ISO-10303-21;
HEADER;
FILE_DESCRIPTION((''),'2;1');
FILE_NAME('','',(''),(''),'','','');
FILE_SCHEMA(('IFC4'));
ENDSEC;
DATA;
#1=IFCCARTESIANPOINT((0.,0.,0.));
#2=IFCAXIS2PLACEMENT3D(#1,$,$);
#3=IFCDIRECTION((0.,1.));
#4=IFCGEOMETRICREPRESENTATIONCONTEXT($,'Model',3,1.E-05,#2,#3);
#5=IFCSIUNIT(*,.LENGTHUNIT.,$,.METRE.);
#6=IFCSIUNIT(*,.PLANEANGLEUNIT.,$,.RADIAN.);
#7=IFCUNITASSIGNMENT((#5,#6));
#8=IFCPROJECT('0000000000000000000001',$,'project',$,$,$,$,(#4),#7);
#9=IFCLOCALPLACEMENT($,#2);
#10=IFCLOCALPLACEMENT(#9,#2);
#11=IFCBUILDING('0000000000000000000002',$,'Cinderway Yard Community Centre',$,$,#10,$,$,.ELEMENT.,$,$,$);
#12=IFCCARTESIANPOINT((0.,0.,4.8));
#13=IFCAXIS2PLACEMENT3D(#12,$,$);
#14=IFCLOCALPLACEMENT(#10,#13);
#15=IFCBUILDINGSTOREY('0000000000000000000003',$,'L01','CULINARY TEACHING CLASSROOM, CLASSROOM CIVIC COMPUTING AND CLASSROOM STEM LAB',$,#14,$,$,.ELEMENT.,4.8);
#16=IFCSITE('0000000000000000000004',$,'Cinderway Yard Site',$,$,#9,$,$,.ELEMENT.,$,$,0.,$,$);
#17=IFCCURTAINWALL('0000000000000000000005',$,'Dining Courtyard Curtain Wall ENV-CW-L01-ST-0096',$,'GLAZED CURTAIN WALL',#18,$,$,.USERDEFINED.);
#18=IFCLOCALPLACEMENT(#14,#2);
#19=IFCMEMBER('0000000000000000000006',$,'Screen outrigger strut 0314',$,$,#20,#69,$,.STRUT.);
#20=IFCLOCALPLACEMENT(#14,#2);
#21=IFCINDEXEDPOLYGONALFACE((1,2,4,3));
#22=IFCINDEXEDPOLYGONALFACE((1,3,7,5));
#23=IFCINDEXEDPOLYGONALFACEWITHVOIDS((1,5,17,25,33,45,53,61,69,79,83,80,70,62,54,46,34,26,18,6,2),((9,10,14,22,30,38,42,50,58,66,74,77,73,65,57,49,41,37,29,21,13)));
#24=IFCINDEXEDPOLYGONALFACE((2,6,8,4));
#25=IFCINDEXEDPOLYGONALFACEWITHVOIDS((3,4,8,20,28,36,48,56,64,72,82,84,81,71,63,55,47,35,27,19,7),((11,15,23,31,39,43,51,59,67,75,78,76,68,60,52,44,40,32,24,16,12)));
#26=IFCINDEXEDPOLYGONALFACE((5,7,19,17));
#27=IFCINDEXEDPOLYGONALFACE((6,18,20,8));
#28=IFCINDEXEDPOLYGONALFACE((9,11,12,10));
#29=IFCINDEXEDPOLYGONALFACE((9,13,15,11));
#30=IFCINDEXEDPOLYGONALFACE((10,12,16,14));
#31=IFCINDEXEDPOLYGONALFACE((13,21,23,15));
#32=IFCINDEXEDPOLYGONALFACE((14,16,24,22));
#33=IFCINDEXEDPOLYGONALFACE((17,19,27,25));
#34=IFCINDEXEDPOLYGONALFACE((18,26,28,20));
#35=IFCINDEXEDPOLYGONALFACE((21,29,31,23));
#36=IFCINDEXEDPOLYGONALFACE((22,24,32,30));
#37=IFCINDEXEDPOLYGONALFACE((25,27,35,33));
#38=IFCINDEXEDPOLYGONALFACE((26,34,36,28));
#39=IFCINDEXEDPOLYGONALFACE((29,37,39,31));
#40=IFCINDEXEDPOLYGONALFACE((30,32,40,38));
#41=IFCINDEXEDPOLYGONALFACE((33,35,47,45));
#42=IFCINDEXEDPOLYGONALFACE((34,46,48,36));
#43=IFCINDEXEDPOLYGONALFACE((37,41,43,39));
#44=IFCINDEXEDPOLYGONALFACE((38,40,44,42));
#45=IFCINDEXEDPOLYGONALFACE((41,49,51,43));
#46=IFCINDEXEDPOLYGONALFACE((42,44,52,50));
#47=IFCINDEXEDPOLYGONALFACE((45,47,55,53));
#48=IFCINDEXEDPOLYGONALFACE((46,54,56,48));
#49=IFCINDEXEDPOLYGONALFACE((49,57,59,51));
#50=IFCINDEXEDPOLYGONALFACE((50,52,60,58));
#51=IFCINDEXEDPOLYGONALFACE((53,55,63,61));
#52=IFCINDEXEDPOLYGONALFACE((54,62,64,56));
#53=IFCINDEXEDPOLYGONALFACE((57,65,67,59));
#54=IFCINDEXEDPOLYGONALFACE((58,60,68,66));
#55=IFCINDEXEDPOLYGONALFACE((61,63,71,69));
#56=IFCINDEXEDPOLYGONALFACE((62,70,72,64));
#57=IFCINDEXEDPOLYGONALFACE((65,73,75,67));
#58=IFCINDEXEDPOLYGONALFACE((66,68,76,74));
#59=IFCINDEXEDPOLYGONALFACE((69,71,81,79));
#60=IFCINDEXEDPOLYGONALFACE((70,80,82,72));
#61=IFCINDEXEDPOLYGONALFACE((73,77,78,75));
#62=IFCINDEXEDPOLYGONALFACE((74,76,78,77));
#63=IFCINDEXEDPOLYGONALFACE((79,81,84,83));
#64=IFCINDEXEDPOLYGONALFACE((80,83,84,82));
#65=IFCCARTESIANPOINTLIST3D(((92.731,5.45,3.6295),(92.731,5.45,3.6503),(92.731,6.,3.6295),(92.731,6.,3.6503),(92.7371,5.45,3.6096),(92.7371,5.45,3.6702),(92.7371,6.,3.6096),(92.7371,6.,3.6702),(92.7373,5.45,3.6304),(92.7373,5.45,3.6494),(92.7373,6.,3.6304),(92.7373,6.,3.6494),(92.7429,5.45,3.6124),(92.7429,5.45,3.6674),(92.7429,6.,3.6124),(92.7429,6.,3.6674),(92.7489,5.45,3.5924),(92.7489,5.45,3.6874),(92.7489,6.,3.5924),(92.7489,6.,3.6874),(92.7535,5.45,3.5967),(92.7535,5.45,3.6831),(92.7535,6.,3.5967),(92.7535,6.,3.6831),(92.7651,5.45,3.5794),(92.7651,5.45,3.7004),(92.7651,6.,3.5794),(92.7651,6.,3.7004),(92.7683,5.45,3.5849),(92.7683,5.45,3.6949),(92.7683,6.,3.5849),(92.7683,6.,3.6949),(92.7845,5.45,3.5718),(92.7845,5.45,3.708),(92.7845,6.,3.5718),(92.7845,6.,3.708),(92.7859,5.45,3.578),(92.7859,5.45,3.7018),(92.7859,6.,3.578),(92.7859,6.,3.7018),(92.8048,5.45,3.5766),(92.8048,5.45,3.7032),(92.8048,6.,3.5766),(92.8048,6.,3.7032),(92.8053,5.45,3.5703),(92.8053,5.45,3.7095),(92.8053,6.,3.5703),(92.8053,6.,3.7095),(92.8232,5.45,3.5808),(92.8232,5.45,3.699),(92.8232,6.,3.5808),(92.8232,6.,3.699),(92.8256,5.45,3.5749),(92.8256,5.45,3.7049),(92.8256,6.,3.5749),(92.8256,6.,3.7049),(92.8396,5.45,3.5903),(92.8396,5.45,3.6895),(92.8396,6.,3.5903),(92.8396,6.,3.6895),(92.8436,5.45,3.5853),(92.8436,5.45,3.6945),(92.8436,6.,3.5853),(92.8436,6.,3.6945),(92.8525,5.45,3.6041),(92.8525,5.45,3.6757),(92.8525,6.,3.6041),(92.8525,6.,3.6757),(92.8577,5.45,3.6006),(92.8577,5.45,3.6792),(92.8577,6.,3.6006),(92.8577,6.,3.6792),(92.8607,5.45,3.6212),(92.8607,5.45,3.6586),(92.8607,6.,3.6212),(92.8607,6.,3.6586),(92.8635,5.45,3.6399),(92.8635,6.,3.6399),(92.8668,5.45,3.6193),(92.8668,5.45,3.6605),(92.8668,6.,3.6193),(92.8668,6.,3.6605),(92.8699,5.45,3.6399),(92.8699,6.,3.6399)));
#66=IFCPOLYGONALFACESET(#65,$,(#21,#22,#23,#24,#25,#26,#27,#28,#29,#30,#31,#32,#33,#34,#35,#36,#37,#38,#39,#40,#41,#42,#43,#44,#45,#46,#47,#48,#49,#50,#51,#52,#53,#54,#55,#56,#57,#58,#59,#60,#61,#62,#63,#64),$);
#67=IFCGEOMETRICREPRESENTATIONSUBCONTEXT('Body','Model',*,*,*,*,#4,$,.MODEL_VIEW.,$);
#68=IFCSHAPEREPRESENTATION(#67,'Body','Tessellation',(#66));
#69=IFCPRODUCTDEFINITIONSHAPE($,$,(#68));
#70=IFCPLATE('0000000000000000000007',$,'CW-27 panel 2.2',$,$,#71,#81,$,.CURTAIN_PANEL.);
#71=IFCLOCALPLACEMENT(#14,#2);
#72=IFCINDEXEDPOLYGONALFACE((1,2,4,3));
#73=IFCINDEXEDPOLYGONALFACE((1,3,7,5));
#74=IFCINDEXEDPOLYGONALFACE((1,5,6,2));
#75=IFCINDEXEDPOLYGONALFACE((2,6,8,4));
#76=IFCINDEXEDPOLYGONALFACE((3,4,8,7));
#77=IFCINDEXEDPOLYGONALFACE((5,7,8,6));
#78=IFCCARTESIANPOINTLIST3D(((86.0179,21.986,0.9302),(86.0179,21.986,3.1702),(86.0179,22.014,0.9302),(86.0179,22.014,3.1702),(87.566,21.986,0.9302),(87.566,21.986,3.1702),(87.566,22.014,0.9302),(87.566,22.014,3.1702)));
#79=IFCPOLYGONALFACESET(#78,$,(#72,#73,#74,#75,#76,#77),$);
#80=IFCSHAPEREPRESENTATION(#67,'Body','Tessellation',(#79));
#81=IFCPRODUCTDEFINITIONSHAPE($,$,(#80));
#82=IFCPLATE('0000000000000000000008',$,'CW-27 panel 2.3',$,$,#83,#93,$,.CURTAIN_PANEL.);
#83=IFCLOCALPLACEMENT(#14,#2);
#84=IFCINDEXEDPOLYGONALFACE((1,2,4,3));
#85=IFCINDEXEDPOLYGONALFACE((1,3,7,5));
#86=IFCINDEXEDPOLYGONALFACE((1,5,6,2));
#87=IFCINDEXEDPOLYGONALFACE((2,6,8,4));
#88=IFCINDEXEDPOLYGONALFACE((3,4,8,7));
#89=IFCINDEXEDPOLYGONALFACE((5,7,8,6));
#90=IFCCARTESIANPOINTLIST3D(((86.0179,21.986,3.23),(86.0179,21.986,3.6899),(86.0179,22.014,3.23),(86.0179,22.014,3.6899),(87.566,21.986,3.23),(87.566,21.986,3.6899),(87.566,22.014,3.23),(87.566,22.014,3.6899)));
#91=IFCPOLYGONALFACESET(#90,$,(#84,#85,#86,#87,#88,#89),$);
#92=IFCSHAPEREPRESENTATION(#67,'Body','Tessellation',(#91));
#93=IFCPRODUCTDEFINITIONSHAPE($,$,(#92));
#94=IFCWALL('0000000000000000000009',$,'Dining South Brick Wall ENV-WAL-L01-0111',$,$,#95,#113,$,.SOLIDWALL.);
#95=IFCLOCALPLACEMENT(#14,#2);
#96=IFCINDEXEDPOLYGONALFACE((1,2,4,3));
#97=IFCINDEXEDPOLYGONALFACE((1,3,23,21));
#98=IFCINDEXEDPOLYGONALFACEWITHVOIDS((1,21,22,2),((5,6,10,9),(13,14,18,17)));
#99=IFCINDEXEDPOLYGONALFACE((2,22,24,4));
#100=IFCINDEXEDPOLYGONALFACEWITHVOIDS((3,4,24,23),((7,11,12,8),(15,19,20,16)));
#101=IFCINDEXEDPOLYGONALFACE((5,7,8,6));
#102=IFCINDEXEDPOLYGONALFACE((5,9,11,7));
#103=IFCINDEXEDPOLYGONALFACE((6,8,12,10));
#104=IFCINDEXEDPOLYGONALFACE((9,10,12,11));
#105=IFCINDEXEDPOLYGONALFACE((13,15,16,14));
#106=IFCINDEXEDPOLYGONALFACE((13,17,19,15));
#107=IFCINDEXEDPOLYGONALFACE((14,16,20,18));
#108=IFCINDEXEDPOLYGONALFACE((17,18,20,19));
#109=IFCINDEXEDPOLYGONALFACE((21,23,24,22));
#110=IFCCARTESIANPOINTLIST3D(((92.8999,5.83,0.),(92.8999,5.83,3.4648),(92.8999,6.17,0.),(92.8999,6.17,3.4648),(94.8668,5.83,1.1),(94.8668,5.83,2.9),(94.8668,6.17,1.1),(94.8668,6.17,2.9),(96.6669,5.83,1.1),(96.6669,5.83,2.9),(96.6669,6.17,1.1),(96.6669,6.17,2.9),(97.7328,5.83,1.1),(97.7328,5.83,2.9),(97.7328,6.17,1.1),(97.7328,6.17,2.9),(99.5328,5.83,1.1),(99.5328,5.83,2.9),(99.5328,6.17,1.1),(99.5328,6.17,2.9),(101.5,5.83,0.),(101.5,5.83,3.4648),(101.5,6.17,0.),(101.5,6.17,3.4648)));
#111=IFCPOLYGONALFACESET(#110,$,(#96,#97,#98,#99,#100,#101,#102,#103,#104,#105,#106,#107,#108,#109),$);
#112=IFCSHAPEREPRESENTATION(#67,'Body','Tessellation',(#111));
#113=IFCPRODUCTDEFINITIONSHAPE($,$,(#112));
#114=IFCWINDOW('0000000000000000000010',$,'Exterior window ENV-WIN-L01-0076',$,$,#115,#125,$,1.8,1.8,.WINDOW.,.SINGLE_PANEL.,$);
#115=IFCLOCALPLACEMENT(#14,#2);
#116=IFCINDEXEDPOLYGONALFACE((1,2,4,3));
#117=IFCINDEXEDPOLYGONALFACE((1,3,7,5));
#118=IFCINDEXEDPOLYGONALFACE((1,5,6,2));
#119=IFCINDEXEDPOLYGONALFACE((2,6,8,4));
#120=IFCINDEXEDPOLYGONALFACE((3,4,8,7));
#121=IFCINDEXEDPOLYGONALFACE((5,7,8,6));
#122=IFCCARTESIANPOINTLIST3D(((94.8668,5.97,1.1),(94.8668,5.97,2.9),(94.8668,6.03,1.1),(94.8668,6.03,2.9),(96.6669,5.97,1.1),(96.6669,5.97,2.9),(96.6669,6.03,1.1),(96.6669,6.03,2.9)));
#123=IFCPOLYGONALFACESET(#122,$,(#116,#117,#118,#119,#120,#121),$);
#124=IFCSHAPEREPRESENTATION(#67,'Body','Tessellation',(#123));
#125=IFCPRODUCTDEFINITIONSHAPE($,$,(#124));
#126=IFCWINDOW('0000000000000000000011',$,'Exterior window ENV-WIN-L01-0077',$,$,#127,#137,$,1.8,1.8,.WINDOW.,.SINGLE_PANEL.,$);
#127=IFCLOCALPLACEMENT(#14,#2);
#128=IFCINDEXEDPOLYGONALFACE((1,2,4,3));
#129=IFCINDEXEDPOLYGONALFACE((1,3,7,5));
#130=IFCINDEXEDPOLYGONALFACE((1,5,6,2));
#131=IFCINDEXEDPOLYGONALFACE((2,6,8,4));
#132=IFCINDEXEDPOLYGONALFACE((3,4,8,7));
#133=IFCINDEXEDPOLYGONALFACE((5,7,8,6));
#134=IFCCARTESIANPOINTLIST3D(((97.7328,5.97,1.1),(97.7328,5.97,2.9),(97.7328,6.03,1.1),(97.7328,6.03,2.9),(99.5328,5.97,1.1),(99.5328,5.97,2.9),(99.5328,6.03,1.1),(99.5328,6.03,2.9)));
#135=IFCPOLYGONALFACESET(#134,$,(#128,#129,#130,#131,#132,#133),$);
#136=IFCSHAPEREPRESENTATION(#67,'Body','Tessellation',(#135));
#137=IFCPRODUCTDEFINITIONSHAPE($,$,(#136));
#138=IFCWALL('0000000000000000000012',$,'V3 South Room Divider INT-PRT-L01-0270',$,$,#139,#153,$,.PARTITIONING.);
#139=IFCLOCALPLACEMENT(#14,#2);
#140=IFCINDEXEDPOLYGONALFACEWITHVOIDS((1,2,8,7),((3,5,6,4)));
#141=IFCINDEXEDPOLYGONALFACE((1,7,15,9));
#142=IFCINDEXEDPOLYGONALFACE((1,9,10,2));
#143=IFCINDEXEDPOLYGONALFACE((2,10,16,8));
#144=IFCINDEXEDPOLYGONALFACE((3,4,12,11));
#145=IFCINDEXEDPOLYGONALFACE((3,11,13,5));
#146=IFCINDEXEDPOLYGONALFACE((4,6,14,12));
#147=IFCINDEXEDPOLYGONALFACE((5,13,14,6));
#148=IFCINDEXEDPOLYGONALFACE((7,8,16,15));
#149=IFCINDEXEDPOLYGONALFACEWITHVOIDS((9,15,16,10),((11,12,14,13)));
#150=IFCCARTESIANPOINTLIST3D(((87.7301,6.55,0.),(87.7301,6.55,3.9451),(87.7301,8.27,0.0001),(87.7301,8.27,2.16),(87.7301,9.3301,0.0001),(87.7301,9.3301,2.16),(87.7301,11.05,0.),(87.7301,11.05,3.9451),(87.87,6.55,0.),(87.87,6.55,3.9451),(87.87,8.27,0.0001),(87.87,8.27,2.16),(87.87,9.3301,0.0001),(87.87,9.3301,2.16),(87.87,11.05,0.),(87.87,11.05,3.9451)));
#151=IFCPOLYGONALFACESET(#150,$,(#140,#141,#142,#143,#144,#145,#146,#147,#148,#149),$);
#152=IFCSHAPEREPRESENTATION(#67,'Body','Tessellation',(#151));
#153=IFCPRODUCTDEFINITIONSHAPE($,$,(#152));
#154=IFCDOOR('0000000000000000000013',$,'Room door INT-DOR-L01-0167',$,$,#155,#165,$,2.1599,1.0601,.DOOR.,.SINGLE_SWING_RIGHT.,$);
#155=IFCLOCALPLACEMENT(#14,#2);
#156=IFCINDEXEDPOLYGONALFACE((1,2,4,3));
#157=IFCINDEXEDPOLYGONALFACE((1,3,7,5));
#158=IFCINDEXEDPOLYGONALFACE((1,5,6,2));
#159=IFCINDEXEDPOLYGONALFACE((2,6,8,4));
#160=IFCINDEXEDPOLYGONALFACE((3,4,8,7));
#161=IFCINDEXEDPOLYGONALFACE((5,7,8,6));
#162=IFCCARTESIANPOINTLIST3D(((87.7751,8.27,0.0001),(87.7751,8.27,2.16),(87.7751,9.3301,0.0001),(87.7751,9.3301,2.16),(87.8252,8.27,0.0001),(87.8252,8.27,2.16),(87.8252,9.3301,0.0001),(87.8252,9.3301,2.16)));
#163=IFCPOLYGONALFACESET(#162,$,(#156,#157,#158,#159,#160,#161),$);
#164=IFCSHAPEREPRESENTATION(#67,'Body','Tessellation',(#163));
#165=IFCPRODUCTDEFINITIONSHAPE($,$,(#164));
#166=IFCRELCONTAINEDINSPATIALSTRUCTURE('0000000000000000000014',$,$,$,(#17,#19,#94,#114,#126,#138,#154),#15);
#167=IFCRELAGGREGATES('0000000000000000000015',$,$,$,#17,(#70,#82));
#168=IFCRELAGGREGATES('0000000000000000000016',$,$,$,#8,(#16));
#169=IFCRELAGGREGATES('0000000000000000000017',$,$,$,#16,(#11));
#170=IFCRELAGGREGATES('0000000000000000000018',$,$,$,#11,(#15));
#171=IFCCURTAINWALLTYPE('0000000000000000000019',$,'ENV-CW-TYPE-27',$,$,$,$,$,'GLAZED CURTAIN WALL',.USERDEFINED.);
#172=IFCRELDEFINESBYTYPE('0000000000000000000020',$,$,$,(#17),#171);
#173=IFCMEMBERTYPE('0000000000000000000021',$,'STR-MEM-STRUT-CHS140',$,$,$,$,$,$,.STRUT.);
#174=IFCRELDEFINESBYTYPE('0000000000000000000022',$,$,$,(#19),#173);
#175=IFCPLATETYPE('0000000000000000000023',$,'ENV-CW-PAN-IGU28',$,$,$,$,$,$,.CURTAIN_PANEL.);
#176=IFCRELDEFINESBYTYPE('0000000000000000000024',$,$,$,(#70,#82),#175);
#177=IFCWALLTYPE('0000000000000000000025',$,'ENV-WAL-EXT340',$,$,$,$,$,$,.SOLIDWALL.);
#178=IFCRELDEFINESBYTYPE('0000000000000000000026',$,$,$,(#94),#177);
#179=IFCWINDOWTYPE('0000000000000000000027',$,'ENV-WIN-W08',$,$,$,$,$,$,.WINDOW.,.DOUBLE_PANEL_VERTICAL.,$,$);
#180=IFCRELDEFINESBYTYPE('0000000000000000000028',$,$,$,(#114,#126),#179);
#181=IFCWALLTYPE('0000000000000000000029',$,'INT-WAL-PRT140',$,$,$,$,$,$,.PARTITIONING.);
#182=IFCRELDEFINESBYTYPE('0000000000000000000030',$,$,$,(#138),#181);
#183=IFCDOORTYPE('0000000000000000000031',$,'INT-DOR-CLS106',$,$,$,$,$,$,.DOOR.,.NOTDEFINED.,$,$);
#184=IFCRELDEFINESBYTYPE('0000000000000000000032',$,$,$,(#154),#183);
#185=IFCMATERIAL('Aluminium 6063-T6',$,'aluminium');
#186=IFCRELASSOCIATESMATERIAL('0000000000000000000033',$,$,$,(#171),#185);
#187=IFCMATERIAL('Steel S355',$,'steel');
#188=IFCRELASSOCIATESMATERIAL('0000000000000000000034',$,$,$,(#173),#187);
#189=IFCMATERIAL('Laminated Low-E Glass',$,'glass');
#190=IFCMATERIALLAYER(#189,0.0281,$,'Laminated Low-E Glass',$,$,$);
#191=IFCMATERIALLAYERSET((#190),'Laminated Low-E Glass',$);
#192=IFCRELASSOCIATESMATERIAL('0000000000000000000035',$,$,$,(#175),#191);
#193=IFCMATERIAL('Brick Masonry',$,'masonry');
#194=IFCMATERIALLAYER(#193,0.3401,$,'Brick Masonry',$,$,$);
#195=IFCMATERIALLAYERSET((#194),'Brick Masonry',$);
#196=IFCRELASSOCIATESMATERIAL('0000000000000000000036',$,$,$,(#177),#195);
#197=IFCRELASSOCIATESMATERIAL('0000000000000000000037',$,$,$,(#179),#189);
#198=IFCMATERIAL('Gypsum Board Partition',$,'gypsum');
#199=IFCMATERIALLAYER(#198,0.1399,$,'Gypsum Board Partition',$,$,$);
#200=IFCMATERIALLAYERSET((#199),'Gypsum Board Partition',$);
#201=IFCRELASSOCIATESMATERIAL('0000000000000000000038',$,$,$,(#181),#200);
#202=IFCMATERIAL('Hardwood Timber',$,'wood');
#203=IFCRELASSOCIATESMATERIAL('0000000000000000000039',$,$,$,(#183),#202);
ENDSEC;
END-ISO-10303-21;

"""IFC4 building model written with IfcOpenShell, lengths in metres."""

from ifc_helpers import new_model, si_unit, direction, frame, frame_2d, origin, origin_2d, place, context, subcontext, project, spatial, rectangle, hollow_circle, extrude, material, layer, layer_set, material_profile, profile_set, type_object, element, fill, aggregate, save


model = new_model("IFC4")

# Units and contexts
model_context = context("Model", 3, precision=1e-05, world=origin(), true_north=direction((0.0, 1.0)))
body_context = subcontext(model_context, "Body", "Model", "MODEL_VIEW")
ifc_project = project(units=[si_unit("LENGTHUNIT", "METRE"), si_unit("PLANEANGLEUNIT", "RADIAN")], contexts=[model_context])

# Site, building, storey
site_placement = place(None, origin())
site = spatial("IfcSite", under=ifc_project, at=site_placement, Name="Cinderway Yard Site", CompositionType="ELEMENT", RefElevation=0.0)
building_placement = place(site_placement, origin())
building = spatial("IfcBuilding", under=site, at=building_placement, Name="Cinderway Yard Community Centre", CompositionType="ELEMENT")
storey_placement = place(building_placement, frame((0.0, 0.0, 4.8)))
storey = spatial("IfcBuildingStorey", under=building, at=storey_placement, Name="L01", Description="CULINARY TEACHING CLASSROOM, CLASSROOM CIVIC COMPUTING AND CLASSROOM STEM LAB", CompositionType="ELEMENT", Elevation=4.8)

# Curtain wall
ifc_material_1 = material(Name="Aluminium 6063-T6", Category="aluminium")
curtain_wall_type = type_object("IfcCurtainWallType", Name="ENV-CW-TYPE-27", ElementType="GLAZED CURTAIN WALL", PredefinedType="USERDEFINED", material=ifc_material_1)
curtain_wall_placement = place(storey_placement, origin())
curtain_wall = element("IfcCurtainWall", 1, at=curtain_wall_placement, inside=storey, type_object=curtain_wall_type, Name="Dining Courtyard Curtain Wall ENV-CW-L01-ST-0096", ObjectType="GLAZED CURTAIN WALL", PredefinedType="USERDEFINED")

# Shared definitions
ifc_material_2 = material(Name="Steel S355", Category="steel")

# Member
ifc_material_profile_1 = material_profile(ifc_material_2, hollow_circle(Radius=0.0698, WallThickness=0.0063, at=origin_2d()), Name="Steel S355")
ifc_profile_set_1 = profile_set([ifc_material_profile_1], Name="Steel S355")
member_type_1 = type_object("IfcMemberType", Name="STR-MEM-STRUT-CHS140", PredefinedType="STRUT", material=ifc_profile_set_1)
for number, where, z_axis, x_axis, name in (
    (2, (92.8, 6.0, 3.6399), (0.0, -1.0, 0.0), (1.0, 0.0, 0.0), "Screen outrigger strut 0314"),
):
    element("IfcMember", number, at=place(storey_placement, frame(where, z_axis=z_axis, x_axis=x_axis)), inside=storey, type_object=member_type_1, Name=name, PredefinedType="STRUT", context=body_context, shape_type="SweptSolid", body=[
        extrude(hollow_circle(Radius=0.0698, WallThickness=0.0063, at=origin_2d()), origin(), (0.0, 0.0, 1.0), 0.55),
    ])

# Plates
ifc_material_3 = material(Name="Laminated Low-E Glass", Category="glass")
ifc_layer_1 = layer(ifc_material_3, 0.0281, Name="Laminated Low-E Glass")
ifc_layer_set_1 = layer_set([ifc_layer_1], Name="Laminated Low-E Glass")
plate_type = type_object("IfcPlateType", Name="ENV-CW-PAN-IGU28", PredefinedType="CURTAIN_PANEL", material=ifc_layer_set_1)
plate_1_placement = place(storey_placement, frame((86.792, 22.0, 0.9302), z_axis=(0.0, 0.0, 1.0), x_axis=(1.0, 0.0, 0.0)))
plate_1 = element("IfcPlate", 3, at=plate_1_placement, type_object=plate_type, Name="CW-27 panel 2.2", PredefinedType="CURTAIN_PANEL", context=body_context, shape_type="SweptSolid", body=[
    extrude(rectangle(XDim=1.5481, YDim=0.0281, at=origin_2d()), origin(), (0.0, 0.0, 1.0), 2.24),
])
plate_2_placement = place(storey_placement, frame((86.792, 22.0, 3.23), z_axis=(0.0, 0.0, 1.0), x_axis=(1.0, 0.0, 0.0)))
plate_2 = element("IfcPlate", 4, at=plate_2_placement, type_object=plate_type, Name="CW-27 panel 2.3", PredefinedType="CURTAIN_PANEL", context=body_context, shape_type="SweptSolid", body=[
    extrude(rectangle(XDim=1.5481, YDim=0.0281, at=origin_2d()), origin(), (0.0, 0.0, 1.0), 0.46),
])
aggregate(curtain_wall, [plate_1, plate_2])

# Wall, openings, windows
ifc_material_4 = material(Name="Brick Masonry", Category="masonry")
ifc_layer_2 = layer(ifc_material_4, 0.3401, Name="Brick Masonry")
ifc_layer_set_2 = layer_set([ifc_layer_2], Name="Brick Masonry")
wall_type_1 = type_object("IfcWallType", Name="ENV-WAL-EXT340", PredefinedType="SOLIDWALL", material=ifc_layer_set_2)
wall_1_placement = place(storey_placement, frame((92.8999, 6.0, 0.0), z_axis=(0.0, 0.0, 1.0), x_axis=(1.0, 0.0, 0.0)))
wall_1 = element("IfcWall", 5, at=wall_1_placement, inside=storey, type_object=wall_type_1, Name="Dining South Brick Wall ENV-WAL-L01-0111", PredefinedType="SOLIDWALL", context=body_context, shape_type="SweptSolid", body=[
    extrude(rectangle(XDim=8.6001, YDim=0.3401, at=frame_2d((4.3, 0.0))), origin(), (0.0, 0.0, 1.0), 3.4648),
])
opening_1_placement = place(wall_1_placement, frame((1.967, 0.0, 1.1001)))
opening_1 = element("IfcOpeningElement", 6, at=opening_1_placement, cuts=wall_1, PredefinedType="OPENING", context=body_context, shape_type="SweptSolid", body=[
    extrude(rectangle(XDim=1.8, YDim=1.8, at=frame_2d((0.8999, 0.8999))), frame((0.0, 0.1799, 0.0), z_axis=(0.0, -1.0, 0.0), x_axis=(1.0, 0.0, 0.0)), (0.0, 0.0, 1.0), 0.3601),
])
opening_2_placement = place(wall_1_placement, frame((4.833, 0.0, 1.1001)))
opening_2 = element("IfcOpeningElement", 7, at=opening_2_placement, cuts=wall_1, PredefinedType="OPENING", context=body_context, shape_type="SweptSolid", body=[
    extrude(rectangle(XDim=1.8, YDim=1.8, at=frame_2d((0.8999, 0.8999))), frame((0.0, 0.1799, 0.0), z_axis=(0.0, -1.0, 0.0), x_axis=(1.0, 0.0, 0.0)), (0.0, 0.0, 1.0), 0.3601),
])
window_type = type_object("IfcWindowType", Name="ENV-WIN-W08", PartitioningType="DOUBLE_PANEL_VERTICAL", PredefinedType="WINDOW", material=ifc_material_3)
window_1_placement = place(opening_1_placement, origin())
window_1 = element("IfcWindow", 8, at=window_1_placement, inside=storey, type_object=window_type, Name="Exterior window ENV-WIN-L01-0076", OverallHeight=1.8, OverallWidth=1.8, PartitioningType="SINGLE_PANEL", PredefinedType="WINDOW", context=body_context, shape_type="SweptSolid", body=[
    extrude(rectangle(XDim=1.8, YDim=1.8, at=frame_2d((0.8999, 0.8999))), frame((0.0, 0.03, 0.0), z_axis=(0.0, -1.0, 0.0), x_axis=(1.0, 0.0, 0.0)), (0.0, 0.0, 1.0), 0.0601),
])
fill(opening_1, window_1)
window_2_placement = place(opening_2_placement, origin())
window_2 = element("IfcWindow", 9, at=window_2_placement, inside=storey, type_object=window_type, Name="Exterior window ENV-WIN-L01-0077", OverallHeight=1.8, OverallWidth=1.8, PartitioningType="SINGLE_PANEL", PredefinedType="WINDOW", context=body_context, shape_type="SweptSolid", body=[
    extrude(rectangle(XDim=1.8, YDim=1.8, at=frame_2d((0.8999, 0.8999))), frame((0.0, 0.03, 0.0), z_axis=(0.0, -1.0, 0.0), x_axis=(1.0, 0.0, 0.0)), (0.0, 0.0, 1.0), 0.0601),
])
fill(opening_2, window_2)

# Wall, opening, door
ifc_material_5 = material(Name="Gypsum Board Partition", Category="gypsum")
ifc_layer_3 = layer(ifc_material_5, 0.1399, Name="Gypsum Board Partition")
ifc_layer_set_3 = layer_set([ifc_layer_3], Name="Gypsum Board Partition")
wall_type_2 = type_object("IfcWallType", Name="INT-WAL-PRT140", PredefinedType="PARTITIONING", material=ifc_layer_set_3)
wall_2_placement = place(storey_placement, frame((87.8, 6.55, 0.0), z_axis=(0.0, 0.0, 1.0), x_axis=(0.0, 1.0, 0.0)))
wall_2 = element("IfcWall", 10, at=wall_2_placement, inside=storey, type_object=wall_type_2, Name="V3 South Room Divider INT-PRT-L01-0270", PredefinedType="PARTITIONING", context=body_context, shape_type="SweptSolid", body=[
    extrude(rectangle(XDim=4.5, YDim=0.1399, at=frame_2d((2.25, 0.0))), origin(), (0.0, 0.0, 1.0), 3.9451),
])
opening_3_placement = place(wall_2_placement, frame((1.72, 0.0, 0.0)))
opening_3 = element("IfcOpeningElement", 11, at=opening_3_placement, cuts=wall_2, PredefinedType="OPENING", context=body_context, shape_type="SweptSolid", body=[
    extrude(rectangle(XDim=1.0601, YDim=2.1599, at=frame_2d((0.53, 1.0801))), frame((0.0, 0.0798, 0.0), z_axis=(0.0, -1.0, 0.0), x_axis=(1.0, 0.0, 0.0)), (0.0, 0.0, 1.0), 0.1599),
])
ifc_material_6 = material(Name="Hardwood Timber", Category="wood")
door_type = type_object("IfcDoorType", Name="INT-DOR-CLS106", OperationType="NOTDEFINED", PredefinedType="DOOR", material=ifc_material_6)
door_placement = place(opening_3_placement, origin())
door = element("IfcDoor", 12, at=door_placement, inside=storey, type_object=door_type, Name="Room door INT-DOR-L01-0167", OperationType="SINGLE_SWING_RIGHT", OverallHeight=2.1599, OverallWidth=1.0601, PredefinedType="DOOR", context=body_context, shape_type="SweptSolid", body=[
    extrude(rectangle(XDim=1.0601, YDim=2.1599, at=frame_2d((0.53, 1.0801))), frame((0.0, 0.0249, 0.0), z_axis=(0.0, -1.0, 0.0), x_axis=(1.0, 0.0, 0.0)), (0.0, 0.0, 1.0), 0.05),
])
fill(opening_3, door)

save(model, "model.ifc")
